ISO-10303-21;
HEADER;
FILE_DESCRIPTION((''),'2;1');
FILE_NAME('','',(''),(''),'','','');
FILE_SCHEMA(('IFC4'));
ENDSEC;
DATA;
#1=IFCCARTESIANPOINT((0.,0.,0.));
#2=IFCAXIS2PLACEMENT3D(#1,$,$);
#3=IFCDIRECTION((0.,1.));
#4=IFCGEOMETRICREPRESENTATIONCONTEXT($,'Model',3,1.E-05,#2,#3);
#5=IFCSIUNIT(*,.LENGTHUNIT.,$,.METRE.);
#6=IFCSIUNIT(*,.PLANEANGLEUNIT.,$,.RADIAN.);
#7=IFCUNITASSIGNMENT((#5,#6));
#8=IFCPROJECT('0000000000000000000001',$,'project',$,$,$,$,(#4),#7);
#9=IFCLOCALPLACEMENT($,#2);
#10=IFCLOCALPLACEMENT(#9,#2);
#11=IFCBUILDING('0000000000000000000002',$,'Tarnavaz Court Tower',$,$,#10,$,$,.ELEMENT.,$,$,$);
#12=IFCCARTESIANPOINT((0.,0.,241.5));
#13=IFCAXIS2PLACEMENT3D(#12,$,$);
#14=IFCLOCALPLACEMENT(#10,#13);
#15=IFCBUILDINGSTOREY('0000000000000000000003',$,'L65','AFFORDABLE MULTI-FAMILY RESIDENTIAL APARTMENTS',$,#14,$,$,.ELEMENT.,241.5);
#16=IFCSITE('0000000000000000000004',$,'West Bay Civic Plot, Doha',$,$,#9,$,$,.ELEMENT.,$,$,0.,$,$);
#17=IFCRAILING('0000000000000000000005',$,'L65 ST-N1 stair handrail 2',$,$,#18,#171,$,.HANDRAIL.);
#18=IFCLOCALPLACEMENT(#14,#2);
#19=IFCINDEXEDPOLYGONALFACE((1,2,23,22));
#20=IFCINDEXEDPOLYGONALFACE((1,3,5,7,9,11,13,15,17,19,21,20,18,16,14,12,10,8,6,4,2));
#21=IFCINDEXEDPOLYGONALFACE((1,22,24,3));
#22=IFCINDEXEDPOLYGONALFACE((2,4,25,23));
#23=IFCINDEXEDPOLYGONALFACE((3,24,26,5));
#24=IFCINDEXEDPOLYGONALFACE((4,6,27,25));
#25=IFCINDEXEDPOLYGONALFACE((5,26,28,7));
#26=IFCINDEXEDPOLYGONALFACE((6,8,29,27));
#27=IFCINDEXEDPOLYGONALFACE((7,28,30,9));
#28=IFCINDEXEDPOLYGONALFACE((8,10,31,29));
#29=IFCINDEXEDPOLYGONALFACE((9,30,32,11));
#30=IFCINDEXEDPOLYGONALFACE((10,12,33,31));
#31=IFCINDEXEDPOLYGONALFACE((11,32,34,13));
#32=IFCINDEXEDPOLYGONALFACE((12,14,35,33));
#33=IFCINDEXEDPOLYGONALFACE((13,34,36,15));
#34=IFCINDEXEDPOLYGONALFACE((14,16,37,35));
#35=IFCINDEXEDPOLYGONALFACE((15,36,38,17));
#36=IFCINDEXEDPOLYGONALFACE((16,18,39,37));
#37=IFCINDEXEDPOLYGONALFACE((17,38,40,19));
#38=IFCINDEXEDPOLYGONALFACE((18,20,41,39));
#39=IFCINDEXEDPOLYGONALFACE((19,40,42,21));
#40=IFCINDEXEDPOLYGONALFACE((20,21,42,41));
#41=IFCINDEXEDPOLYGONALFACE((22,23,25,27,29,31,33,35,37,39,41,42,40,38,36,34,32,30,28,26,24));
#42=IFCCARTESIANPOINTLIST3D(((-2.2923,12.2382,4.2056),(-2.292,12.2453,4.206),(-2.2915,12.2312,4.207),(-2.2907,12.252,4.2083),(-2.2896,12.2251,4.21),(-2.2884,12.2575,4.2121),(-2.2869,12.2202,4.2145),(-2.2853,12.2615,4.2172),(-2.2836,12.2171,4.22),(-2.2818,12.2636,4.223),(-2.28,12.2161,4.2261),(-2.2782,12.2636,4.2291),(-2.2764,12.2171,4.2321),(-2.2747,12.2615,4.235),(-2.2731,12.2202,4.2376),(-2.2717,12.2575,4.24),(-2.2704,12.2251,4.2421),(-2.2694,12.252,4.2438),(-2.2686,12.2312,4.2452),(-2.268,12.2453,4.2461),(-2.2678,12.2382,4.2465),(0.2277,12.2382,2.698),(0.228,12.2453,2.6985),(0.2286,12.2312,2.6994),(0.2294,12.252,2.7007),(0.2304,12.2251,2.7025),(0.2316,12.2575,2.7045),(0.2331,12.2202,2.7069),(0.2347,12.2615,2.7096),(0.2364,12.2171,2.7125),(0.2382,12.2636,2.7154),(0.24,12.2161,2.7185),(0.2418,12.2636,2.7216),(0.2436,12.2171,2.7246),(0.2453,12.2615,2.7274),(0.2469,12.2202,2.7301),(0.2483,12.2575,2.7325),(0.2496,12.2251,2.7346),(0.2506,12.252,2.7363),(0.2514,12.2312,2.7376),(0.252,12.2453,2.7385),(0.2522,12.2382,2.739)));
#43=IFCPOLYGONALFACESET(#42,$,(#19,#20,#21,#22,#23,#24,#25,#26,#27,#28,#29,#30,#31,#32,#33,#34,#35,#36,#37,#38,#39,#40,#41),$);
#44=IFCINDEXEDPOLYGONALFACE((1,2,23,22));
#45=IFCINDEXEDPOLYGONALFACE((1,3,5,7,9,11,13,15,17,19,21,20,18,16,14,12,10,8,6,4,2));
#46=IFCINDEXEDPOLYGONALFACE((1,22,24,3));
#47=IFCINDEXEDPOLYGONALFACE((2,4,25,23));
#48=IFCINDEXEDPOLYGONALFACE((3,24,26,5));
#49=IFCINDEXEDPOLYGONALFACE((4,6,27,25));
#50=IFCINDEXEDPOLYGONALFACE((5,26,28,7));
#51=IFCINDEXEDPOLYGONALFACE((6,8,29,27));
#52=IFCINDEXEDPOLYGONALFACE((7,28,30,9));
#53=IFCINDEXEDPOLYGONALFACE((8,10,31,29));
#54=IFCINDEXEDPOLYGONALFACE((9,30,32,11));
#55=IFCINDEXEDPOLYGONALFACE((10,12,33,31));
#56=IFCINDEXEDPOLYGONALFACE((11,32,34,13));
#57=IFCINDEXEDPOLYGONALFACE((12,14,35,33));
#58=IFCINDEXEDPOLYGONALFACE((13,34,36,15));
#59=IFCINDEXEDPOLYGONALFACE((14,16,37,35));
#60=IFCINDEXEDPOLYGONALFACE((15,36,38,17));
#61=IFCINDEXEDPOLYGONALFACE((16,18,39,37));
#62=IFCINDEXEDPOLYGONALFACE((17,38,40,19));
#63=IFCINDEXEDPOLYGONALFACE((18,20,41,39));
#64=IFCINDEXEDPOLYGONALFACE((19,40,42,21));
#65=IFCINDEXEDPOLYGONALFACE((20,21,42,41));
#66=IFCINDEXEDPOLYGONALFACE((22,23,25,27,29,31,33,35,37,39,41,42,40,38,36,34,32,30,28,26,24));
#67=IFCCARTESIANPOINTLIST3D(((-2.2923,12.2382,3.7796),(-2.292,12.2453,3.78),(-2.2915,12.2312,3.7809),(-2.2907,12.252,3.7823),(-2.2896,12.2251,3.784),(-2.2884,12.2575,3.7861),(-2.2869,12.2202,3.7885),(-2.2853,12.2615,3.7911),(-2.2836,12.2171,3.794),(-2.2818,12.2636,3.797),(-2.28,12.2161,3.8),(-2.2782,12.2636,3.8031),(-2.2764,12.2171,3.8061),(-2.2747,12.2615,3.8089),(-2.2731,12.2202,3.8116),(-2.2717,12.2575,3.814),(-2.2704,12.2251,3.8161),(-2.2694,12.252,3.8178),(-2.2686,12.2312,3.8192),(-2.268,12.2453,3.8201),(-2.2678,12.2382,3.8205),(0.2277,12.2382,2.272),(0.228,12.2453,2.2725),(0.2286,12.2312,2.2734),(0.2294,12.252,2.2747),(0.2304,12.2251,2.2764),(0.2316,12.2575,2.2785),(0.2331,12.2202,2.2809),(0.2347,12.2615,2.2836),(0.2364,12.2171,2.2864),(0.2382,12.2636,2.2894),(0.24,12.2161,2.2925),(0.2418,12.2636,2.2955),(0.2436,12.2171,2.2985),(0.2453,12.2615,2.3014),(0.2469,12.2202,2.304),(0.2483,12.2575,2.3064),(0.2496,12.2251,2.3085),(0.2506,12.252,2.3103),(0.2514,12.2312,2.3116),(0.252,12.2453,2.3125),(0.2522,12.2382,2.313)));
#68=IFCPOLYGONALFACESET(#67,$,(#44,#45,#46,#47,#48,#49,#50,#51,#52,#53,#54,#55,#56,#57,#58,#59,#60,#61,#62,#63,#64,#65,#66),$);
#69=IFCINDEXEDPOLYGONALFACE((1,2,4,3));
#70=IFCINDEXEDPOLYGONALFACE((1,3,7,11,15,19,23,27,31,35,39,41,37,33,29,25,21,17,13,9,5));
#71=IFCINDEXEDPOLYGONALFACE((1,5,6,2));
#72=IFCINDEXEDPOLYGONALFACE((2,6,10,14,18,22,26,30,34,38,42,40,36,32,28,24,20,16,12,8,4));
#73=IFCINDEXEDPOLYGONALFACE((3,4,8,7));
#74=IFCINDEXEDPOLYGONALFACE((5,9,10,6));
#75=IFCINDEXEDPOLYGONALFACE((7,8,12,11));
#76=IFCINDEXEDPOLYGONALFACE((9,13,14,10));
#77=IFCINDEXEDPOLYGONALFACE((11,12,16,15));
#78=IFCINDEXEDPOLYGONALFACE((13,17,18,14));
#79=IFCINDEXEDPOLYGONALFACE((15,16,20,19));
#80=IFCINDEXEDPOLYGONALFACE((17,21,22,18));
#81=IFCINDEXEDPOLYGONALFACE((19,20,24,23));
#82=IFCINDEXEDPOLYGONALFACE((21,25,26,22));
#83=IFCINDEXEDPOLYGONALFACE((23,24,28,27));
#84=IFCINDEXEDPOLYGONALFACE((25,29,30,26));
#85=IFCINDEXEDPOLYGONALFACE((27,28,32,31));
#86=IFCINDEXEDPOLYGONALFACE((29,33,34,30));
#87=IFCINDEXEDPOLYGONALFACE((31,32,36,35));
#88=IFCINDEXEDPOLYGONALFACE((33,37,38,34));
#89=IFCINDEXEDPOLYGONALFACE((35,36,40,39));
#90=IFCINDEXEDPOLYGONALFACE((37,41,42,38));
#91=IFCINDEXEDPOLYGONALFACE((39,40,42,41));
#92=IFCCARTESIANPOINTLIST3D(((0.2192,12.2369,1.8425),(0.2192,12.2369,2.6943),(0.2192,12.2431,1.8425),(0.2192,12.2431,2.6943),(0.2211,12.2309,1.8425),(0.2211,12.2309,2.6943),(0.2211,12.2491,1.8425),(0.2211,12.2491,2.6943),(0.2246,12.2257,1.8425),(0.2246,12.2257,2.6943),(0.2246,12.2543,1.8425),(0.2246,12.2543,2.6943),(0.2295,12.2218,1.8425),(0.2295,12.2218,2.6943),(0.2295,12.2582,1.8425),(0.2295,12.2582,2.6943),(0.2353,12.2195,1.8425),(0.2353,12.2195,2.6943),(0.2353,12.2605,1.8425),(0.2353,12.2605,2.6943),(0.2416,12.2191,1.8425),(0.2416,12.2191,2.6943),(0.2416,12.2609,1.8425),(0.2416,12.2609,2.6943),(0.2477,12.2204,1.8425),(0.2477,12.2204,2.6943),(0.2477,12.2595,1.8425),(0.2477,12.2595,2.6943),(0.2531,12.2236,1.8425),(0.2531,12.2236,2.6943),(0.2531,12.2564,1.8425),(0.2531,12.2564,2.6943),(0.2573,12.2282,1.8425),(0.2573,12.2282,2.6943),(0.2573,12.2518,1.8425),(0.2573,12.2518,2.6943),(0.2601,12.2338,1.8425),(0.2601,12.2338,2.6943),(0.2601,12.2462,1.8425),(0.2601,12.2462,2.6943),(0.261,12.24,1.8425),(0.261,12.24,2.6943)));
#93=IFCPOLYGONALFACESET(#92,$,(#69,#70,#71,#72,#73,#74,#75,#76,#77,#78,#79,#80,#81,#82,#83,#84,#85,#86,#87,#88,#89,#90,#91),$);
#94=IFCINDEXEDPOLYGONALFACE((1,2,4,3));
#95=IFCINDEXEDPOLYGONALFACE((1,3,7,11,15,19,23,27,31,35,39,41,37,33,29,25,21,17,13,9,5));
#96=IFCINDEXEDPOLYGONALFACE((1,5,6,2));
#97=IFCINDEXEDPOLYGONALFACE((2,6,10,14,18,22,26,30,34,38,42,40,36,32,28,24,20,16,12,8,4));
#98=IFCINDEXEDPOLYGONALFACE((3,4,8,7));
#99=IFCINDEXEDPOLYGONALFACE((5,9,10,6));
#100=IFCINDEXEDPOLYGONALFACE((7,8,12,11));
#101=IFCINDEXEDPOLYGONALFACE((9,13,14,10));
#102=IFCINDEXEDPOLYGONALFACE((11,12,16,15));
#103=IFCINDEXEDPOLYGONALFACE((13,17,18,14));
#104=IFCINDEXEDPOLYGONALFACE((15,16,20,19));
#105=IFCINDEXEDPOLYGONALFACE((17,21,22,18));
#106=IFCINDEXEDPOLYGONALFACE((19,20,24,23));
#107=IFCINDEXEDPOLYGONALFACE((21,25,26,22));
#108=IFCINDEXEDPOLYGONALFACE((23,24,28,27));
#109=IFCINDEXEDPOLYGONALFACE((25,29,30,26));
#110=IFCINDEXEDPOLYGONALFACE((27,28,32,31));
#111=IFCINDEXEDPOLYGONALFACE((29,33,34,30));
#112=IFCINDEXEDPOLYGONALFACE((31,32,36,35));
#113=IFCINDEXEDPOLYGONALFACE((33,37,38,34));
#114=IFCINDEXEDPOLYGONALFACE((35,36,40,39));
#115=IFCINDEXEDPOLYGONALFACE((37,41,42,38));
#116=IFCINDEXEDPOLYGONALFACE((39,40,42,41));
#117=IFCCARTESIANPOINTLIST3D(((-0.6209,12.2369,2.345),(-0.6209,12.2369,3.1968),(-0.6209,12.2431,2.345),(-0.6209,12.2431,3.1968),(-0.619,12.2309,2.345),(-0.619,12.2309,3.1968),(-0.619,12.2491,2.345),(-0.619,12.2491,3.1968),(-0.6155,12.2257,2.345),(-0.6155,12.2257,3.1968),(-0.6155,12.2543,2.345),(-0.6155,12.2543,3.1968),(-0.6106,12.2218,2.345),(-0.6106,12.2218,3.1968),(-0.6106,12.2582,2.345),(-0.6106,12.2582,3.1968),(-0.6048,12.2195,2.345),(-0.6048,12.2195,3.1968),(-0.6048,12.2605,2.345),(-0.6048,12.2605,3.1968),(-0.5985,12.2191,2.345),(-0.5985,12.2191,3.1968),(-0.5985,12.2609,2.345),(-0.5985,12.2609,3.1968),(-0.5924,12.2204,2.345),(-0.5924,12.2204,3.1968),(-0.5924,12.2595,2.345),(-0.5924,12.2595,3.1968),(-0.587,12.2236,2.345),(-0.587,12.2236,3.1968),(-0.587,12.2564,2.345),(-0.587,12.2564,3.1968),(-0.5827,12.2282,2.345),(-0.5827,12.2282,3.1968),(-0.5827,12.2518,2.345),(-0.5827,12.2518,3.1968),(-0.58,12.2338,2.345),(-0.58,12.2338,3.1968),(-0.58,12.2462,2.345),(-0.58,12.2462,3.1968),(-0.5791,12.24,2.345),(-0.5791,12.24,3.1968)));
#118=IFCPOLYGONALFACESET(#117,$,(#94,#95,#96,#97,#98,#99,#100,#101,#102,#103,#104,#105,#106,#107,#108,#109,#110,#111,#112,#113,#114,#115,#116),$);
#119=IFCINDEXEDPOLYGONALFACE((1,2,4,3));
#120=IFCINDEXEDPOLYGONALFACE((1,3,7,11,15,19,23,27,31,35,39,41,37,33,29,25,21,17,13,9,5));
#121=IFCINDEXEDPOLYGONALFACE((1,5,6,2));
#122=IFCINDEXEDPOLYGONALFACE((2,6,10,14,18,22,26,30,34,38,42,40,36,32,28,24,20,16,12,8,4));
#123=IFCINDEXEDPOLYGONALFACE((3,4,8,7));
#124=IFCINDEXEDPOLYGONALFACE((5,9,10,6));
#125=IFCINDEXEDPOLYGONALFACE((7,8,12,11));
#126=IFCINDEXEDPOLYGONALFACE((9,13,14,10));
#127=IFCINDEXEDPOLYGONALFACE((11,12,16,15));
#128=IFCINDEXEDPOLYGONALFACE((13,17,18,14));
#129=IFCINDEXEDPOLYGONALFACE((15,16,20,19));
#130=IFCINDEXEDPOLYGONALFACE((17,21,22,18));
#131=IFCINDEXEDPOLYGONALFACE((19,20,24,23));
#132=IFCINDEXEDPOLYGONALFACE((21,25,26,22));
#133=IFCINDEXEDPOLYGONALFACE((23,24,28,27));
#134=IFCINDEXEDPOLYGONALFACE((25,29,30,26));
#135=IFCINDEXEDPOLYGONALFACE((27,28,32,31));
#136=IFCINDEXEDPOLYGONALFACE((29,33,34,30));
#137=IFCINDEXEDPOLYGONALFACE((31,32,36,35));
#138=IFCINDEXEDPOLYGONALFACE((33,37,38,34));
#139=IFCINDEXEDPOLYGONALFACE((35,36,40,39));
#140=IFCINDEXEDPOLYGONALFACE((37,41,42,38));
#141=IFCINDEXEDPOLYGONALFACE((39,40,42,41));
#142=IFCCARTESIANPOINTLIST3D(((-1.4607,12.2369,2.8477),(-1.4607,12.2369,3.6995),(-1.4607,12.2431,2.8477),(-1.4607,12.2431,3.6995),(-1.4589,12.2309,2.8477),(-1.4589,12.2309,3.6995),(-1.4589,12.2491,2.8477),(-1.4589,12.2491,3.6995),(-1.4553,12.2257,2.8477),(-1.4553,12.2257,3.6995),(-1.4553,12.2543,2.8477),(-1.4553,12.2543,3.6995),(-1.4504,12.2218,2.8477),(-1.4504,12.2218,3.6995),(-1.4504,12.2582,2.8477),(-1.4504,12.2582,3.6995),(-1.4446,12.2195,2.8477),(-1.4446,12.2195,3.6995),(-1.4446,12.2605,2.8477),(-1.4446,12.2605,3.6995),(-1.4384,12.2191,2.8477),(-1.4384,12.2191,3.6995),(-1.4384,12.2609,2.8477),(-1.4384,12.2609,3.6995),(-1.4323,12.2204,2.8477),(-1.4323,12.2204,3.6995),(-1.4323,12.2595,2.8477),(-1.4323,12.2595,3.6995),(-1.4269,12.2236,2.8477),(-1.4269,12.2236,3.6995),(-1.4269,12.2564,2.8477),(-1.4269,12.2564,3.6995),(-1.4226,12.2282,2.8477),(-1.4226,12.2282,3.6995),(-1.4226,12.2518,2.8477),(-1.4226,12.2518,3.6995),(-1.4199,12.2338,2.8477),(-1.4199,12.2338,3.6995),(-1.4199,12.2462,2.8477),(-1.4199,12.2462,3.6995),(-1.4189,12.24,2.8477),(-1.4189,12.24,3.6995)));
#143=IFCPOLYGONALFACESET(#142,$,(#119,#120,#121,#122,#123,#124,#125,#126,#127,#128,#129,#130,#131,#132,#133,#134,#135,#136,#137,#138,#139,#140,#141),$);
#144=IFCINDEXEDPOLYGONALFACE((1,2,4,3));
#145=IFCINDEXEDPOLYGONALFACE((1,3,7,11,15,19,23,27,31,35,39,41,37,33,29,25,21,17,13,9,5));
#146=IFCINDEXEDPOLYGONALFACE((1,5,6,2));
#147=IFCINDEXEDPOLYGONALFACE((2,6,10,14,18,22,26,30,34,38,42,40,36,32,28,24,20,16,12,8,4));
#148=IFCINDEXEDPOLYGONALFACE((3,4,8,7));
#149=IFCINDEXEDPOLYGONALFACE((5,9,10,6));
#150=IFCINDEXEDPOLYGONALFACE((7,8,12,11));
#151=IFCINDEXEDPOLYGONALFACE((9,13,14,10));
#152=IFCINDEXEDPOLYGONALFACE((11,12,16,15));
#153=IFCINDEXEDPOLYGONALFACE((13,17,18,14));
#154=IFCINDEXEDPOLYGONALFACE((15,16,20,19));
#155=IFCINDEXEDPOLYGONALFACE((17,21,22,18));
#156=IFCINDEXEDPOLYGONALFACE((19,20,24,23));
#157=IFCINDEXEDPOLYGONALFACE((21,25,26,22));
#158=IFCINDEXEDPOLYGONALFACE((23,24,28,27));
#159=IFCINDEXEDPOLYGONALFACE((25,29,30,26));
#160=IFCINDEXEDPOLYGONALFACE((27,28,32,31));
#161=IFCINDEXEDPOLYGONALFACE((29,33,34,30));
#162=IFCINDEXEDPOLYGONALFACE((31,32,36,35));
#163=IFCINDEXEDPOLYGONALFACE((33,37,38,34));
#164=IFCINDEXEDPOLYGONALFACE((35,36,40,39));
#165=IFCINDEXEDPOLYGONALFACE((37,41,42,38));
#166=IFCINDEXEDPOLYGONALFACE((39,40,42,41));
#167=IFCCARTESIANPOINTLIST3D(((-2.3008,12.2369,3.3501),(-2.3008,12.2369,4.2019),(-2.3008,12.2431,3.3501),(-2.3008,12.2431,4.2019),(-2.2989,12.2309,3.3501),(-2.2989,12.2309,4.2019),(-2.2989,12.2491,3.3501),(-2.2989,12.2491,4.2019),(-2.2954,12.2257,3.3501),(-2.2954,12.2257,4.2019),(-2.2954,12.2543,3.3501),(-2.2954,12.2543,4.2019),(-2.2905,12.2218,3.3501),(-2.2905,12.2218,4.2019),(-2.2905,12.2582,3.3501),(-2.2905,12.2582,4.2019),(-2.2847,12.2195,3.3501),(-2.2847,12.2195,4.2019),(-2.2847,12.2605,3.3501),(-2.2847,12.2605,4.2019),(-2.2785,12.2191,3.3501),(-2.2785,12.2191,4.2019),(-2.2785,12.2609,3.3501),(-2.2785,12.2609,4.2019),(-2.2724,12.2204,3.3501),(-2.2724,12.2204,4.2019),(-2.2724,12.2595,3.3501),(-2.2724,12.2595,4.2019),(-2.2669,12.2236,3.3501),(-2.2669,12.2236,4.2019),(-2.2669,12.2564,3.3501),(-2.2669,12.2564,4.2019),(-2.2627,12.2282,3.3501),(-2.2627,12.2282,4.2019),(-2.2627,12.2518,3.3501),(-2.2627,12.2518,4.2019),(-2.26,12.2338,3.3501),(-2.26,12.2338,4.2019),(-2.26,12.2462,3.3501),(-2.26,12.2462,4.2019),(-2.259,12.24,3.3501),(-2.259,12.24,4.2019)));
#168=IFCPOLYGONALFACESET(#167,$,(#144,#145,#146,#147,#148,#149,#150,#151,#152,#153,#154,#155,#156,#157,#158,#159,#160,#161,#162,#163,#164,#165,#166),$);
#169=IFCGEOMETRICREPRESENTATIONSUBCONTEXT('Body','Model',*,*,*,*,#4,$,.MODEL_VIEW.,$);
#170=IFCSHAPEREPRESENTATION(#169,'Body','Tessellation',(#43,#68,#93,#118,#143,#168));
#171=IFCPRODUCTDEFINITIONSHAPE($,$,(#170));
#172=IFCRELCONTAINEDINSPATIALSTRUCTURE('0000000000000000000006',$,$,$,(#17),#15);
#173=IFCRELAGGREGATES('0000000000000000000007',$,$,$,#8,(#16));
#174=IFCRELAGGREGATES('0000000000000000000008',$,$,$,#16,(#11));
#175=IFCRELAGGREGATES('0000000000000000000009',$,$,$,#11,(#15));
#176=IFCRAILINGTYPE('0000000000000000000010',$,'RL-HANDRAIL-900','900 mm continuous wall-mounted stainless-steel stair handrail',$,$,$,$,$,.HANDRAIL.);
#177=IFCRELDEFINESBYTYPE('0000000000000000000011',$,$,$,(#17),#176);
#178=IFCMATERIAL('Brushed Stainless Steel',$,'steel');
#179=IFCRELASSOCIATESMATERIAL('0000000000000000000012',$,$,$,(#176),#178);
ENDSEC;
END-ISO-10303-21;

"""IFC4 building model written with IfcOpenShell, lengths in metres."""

from ifc_helpers import new_model, si_unit, direction, frame, origin, origin_2d, place, context, subcontext, project, spatial, circle, extrude, material, type_object, element, save


model = new_model("IFC4")

# Units and contexts
model_context = context("Model", 3, precision=1e-05, world=origin(), true_north=direction((0.0, 1.0)))
body_context = subcontext(model_context, "Body", "Model", "MODEL_VIEW")
ifc_project = project(units=[si_unit("LENGTHUNIT", "METRE"), si_unit("PLANEANGLEUNIT", "RADIAN")], contexts=[model_context])

# Site, building, storey
site_placement = place(None, origin())
site = spatial("IfcSite", under=ifc_project, at=site_placement, Name="West Bay Civic Plot, Doha", CompositionType="ELEMENT", RefElevation=0.0)
building_placement = place(site_placement, origin())
building = spatial("IfcBuilding", under=site, at=building_placement, Name="Tarnavaz Court Tower", CompositionType="ELEMENT")
storey_placement = place(building_placement, frame((0.0, 0.0, 241.5)))
storey = spatial("IfcBuildingStorey", under=building, at=storey_placement, Name="L65", Description="AFFORDABLE MULTI-FAMILY RESIDENTIAL APARTMENTS", CompositionType="ELEMENT", Elevation=241.5)

# Railing
ifc_material_1 = material(Name="Brushed Stainless Steel", Category="steel")
railing_type_1 = type_object("IfcRailingType", Name="RL-HANDRAIL-900", Description="900 mm continuous wall-mounted stainless-steel stair handrail", PredefinedType="HANDRAIL", material=ifc_material_1)
railing_1_placement = place(storey_placement, frame((0.24, 12.24, 1.8425)))
element("IfcRailing", 1, at=railing_1_placement, inside=storey, type_object=railing_type_1, Name="L65 ST-N1 stair handrail 2", PredefinedType="HANDRAIL", context=body_context, shape_type="SweptSolid", body=[
    extrude(circle(Radius=0.0239, at=origin_2d()), frame((0.0, 0.0, 0.876), z_axis=(-0.85816, 0.0, 0.513383), x_axis=(0.0, -1.0, 0.0)), (0.0, 0.0, 1.0), 2.9365),
    extrude(circle(Radius=0.0239, at=origin_2d()), frame((0.0, 0.0, 0.45), z_axis=(-0.85816, 0.0, 0.513383), x_axis=(0.0, -1.0, 0.0)), (0.0, 0.0, 1.0), 2.9365),
    extrude(circle(Radius=0.021, at=origin_2d()), origin(), (0.0, 0.0, 1.0), 0.8518),
    extrude(circle(Radius=0.021, at=origin_2d()), frame((-0.8401, 0.0, 0.5024)), (0.0, 0.0, 1.0), 0.8518),
    extrude(circle(Radius=0.021, at=origin_2d()), frame((-1.6799, 0.0, 1.0051)), (0.0, 0.0, 1.0), 0.8518),
    extrude(circle(Radius=0.021, at=origin_2d()), frame((-2.52, 0.0, 1.5076)), (0.0, 0.0, 1.0), 0.8518),
])

save(model, "model.ifc")
